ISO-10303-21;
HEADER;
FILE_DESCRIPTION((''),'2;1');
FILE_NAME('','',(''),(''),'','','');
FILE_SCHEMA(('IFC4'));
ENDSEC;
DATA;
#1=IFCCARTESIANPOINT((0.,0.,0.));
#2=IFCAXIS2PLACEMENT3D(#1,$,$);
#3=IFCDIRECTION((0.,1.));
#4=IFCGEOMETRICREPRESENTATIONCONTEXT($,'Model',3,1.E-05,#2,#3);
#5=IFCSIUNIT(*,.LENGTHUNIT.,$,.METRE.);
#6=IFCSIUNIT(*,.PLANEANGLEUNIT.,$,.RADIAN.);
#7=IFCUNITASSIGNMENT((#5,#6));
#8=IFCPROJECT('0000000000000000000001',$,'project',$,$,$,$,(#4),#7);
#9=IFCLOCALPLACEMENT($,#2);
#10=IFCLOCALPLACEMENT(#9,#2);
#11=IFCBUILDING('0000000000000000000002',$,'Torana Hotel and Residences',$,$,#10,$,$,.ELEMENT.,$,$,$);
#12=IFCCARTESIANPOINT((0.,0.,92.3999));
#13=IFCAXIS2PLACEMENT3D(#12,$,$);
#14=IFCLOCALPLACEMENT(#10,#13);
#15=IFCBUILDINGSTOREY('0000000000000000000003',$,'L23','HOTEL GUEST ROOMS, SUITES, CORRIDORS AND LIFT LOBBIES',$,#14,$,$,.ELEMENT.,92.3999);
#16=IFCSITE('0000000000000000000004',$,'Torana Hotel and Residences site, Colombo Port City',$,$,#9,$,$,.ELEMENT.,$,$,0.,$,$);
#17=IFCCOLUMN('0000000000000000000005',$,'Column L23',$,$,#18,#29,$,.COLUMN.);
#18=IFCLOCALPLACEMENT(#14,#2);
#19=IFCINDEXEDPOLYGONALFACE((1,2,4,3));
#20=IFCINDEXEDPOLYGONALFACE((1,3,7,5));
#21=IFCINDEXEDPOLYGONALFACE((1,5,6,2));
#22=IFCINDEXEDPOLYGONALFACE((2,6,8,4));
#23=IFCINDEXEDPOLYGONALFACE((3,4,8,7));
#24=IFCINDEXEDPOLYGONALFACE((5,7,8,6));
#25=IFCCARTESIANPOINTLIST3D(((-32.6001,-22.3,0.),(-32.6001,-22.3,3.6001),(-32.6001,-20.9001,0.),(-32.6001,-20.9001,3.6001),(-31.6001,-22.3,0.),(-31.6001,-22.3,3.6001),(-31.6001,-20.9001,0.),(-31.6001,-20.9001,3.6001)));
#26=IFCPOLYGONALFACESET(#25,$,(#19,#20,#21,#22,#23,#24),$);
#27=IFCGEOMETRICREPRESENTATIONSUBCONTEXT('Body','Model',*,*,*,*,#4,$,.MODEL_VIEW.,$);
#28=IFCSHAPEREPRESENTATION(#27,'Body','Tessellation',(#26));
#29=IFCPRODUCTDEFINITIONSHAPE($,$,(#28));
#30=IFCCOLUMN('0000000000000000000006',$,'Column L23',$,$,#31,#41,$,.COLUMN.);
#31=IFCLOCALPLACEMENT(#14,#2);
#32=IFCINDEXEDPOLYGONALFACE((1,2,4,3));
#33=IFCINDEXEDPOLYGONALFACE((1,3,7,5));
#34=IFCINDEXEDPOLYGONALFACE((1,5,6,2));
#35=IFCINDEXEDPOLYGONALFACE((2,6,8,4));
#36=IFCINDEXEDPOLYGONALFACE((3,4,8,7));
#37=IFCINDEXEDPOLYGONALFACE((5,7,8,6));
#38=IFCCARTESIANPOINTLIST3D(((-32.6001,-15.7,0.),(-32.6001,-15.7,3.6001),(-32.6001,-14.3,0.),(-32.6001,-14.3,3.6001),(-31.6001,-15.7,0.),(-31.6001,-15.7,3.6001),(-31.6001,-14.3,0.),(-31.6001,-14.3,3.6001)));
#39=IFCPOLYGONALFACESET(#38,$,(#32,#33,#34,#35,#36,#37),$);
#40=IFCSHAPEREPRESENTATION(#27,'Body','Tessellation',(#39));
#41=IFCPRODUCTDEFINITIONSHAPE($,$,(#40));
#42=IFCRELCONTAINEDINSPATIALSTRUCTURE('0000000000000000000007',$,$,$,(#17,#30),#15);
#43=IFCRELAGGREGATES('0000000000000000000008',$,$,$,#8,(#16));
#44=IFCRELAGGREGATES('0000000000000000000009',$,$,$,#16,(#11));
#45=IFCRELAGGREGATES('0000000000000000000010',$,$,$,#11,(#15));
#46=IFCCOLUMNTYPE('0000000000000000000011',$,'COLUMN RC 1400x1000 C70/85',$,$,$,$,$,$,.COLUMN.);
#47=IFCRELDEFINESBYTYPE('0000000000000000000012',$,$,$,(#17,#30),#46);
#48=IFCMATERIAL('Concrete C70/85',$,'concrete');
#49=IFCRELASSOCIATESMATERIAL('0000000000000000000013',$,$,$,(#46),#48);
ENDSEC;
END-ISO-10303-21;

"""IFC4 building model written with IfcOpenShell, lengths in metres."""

from ifc_helpers import new_model, si_unit, direction, frame, origin, origin_2d, place, context, subcontext, project, spatial, rectangle, extrude, material, material_profile, profile_set, type_object, element, save


model = new_model("IFC4")

# Units and contexts
model_context = context("Model", 3, precision=1e-05, world=origin(), true_north=direction((0.0, 1.0)))
body_context = subcontext(model_context, "Body", "Model", "MODEL_VIEW")
ifc_project = project(units=[si_unit("LENGTHUNIT", "METRE"), si_unit("PLANEANGLEUNIT", "RADIAN")], contexts=[model_context])

# Site, building, storey
site_placement = place(None, origin())
site = spatial("IfcSite", under=ifc_project, at=site_placement, Name="Torana Hotel and Residences site, Colombo Port City", CompositionType="ELEMENT", RefElevation=0.0)
building_placement = place(site_placement, origin())
building = spatial("IfcBuilding", under=site, at=building_placement, Name="Torana Hotel and Residences", CompositionType="ELEMENT")
storey_placement = place(building_placement, frame((0.0, 0.0, 92.3999)))
storey = spatial("IfcBuildingStorey", under=building, at=storey_placement, Name="L23", Description="HOTEL GUEST ROOMS, SUITES, CORRIDORS AND LIFT LOBBIES", CompositionType="ELEMENT", Elevation=92.3999)

# Columns
ifc_material_1 = material(Name="Concrete C70/85", Category="concrete")
ifc_material_profile = material_profile(ifc_material_1, rectangle(XDim=1.3999, YDim=1.0, at=origin_2d()), Name="RC 1400x1000")
ifc_profile_set = profile_set([ifc_material_profile], Name="Concrete C70/85")
column_type = type_object("IfcColumnType", Name="COLUMN RC 1400x1000 C70/85", PredefinedType="COLUMN", material=ifc_profile_set)
for number, where, z_axis, x_axis, name in (
    (1, (-32.1001, -21.6001, 0.0), (0.0, 0.0, 1.0), (0.0, 1.0, 0.0), "Column L23"),
    (2, (-32.1001, -15.0, 0.0), (0.0, 0.0, 1.0), (0.0, 1.0, 0.0), "Column L23"),
):
    element("IfcColumn", number, at=place(storey_placement, frame(where, z_axis=z_axis, x_axis=x_axis)), inside=storey, type_object=column_type, Name=name, PredefinedType="COLUMN", context=body_context, shape_type="SweptSolid", body=[
        extrude(rectangle(XDim=1.3999, YDim=1.0, at=origin_2d()), origin(), (0.0, 0.0, 1.0), 3.6001),
    ])

save(model, "model.ifc")
